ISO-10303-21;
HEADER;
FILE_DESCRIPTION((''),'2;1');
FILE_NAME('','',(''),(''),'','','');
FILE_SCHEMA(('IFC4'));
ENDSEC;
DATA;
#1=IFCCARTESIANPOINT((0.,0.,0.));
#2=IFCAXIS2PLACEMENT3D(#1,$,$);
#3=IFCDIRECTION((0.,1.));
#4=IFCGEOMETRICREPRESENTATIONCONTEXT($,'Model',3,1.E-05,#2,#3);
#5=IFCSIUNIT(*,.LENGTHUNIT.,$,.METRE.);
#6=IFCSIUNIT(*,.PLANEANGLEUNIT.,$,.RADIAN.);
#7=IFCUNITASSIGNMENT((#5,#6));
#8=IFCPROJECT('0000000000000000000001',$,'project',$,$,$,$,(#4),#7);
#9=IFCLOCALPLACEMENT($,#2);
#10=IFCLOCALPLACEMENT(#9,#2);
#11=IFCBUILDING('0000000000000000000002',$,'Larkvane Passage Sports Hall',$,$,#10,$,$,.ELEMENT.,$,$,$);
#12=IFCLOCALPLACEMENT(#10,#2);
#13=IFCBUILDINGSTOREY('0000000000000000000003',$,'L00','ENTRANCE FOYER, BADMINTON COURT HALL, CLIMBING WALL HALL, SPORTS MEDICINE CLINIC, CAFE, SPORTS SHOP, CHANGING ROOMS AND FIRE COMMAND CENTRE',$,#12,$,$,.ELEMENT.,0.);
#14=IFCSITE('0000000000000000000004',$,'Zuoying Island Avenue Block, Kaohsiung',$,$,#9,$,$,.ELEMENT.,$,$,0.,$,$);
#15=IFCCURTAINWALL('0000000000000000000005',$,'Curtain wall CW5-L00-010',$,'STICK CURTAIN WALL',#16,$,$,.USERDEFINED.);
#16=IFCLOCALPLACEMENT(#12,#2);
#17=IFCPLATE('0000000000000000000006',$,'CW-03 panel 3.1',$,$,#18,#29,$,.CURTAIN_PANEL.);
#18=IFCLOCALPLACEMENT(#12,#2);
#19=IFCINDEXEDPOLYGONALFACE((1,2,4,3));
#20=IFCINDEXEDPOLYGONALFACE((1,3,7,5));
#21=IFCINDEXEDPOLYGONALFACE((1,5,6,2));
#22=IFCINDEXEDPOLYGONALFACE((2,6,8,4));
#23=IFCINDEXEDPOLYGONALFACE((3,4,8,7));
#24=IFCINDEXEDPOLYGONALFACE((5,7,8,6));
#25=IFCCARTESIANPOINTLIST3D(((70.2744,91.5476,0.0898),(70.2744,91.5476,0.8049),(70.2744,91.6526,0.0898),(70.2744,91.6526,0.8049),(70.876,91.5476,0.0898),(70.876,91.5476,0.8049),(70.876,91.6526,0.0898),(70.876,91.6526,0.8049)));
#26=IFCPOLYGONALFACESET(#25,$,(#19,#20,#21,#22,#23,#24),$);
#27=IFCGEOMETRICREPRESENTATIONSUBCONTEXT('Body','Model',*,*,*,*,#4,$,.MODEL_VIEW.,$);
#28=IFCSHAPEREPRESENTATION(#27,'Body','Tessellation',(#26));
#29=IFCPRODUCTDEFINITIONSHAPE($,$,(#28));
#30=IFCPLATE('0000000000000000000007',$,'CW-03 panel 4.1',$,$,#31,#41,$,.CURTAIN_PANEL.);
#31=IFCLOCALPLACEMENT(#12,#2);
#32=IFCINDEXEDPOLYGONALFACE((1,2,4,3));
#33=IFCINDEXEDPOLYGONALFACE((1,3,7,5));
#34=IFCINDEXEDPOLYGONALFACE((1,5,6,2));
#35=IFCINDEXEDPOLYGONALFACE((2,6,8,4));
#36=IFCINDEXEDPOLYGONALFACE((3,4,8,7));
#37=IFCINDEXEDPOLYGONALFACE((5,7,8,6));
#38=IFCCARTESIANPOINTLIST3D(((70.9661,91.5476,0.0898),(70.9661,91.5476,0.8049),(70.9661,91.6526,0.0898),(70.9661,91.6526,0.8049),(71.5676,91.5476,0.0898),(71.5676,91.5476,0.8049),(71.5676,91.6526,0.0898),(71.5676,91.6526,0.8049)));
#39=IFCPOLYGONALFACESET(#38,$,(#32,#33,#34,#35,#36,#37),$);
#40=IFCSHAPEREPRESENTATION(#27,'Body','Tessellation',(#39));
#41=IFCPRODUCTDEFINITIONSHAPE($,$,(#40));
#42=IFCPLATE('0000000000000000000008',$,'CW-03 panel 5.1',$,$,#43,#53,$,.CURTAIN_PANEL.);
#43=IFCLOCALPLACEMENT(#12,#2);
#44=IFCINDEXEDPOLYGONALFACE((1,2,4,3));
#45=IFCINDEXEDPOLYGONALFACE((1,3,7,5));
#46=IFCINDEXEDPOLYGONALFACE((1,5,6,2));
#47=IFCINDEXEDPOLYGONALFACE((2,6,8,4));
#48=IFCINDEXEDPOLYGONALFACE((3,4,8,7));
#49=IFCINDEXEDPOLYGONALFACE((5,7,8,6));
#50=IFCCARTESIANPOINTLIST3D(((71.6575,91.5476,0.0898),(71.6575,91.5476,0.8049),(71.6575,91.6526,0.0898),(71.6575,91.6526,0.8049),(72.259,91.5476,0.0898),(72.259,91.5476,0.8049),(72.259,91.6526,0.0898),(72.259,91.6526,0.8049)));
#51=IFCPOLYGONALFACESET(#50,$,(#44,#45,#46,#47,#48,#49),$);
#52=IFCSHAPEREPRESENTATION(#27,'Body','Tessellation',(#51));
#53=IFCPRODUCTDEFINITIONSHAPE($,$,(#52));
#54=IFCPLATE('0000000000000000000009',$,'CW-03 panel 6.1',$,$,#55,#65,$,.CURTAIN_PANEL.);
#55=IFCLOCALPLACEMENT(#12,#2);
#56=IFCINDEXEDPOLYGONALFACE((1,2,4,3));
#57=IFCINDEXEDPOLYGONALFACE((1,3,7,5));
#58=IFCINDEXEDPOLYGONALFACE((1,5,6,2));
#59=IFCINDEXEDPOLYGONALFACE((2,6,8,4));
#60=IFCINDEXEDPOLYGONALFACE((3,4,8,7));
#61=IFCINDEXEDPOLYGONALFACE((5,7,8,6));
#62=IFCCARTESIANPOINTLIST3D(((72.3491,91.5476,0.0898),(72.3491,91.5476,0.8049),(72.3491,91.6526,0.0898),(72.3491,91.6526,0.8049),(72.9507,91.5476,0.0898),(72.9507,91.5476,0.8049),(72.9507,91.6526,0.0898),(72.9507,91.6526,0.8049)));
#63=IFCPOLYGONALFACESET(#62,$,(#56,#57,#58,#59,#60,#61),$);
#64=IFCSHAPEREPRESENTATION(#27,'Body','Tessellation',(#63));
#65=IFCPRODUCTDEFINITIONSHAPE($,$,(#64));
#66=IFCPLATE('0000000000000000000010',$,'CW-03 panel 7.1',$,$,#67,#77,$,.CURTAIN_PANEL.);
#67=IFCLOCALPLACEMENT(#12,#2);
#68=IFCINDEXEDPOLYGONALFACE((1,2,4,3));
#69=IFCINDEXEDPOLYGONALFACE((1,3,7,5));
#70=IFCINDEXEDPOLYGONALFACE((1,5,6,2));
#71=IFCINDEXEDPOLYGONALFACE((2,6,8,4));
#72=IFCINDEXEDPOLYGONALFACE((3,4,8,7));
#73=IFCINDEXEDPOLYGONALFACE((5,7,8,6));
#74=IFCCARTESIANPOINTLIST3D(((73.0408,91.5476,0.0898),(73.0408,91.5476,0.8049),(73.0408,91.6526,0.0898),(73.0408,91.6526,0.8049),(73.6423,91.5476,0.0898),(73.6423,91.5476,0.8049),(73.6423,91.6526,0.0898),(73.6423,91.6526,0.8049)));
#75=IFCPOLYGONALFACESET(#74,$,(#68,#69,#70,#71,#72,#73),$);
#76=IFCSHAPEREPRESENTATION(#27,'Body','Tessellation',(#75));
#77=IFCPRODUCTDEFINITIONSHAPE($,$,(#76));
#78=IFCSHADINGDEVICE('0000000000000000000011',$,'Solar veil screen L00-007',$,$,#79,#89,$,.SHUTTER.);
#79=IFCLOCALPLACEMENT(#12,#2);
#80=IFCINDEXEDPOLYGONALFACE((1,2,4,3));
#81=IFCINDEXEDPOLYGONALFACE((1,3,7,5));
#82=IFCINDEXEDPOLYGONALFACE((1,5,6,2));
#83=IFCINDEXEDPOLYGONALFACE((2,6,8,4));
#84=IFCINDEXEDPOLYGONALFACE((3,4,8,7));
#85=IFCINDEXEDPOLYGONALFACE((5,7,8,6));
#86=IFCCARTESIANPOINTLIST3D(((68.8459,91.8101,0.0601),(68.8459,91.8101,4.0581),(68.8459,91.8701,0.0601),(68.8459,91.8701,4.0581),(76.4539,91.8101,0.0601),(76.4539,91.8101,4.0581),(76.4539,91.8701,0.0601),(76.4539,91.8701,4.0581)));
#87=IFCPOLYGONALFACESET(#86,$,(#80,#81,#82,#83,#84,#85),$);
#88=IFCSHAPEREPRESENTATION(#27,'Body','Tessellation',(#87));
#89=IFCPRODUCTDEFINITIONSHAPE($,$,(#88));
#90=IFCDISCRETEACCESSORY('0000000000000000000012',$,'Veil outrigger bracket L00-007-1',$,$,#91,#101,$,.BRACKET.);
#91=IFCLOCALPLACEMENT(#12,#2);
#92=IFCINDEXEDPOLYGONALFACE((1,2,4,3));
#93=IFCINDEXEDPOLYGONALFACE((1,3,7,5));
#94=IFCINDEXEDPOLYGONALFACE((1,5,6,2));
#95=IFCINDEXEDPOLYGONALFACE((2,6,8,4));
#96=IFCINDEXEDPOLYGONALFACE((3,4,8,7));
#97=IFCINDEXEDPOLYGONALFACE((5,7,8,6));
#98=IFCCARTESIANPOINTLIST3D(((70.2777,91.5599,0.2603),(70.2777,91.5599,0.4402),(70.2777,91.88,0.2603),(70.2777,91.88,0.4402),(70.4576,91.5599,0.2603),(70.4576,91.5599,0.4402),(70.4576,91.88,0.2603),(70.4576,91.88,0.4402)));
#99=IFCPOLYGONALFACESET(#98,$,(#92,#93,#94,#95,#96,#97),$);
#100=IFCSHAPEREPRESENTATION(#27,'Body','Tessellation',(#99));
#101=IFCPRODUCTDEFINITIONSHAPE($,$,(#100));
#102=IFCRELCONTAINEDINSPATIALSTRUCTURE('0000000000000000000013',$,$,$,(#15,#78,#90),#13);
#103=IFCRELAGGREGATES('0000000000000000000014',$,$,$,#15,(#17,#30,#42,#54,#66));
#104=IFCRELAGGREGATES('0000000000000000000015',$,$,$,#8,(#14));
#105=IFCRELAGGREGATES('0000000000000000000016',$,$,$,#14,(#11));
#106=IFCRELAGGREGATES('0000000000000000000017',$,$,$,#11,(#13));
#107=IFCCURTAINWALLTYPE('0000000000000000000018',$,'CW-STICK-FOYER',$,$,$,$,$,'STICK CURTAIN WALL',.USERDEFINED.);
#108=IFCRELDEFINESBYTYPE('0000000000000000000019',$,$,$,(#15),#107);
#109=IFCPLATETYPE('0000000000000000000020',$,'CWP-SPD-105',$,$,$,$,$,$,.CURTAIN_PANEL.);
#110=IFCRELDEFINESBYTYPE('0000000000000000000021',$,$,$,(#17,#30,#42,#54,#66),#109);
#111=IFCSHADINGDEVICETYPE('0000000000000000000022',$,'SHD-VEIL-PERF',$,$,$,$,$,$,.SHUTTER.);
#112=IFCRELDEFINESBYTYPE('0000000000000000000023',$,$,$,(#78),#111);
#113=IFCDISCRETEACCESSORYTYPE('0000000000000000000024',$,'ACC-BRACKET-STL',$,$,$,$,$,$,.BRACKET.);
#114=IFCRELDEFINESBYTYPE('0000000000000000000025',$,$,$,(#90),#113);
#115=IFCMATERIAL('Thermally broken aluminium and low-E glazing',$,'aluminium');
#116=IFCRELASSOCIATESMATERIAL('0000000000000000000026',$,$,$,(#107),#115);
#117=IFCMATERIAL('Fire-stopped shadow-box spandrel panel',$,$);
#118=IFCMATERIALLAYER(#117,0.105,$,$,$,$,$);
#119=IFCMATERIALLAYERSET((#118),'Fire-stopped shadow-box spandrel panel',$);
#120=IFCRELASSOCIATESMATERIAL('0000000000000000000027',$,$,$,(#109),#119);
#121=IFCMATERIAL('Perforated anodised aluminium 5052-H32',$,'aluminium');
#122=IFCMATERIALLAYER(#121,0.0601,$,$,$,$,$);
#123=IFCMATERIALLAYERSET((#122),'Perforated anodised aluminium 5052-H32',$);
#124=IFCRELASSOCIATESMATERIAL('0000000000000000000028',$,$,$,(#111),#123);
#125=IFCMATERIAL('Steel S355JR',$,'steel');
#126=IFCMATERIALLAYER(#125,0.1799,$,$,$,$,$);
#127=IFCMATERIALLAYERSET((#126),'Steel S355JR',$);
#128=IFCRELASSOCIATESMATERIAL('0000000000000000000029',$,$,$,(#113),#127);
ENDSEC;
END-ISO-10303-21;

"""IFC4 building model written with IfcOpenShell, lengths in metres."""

from ifc_helpers import new_model, si_unit, direction, frame, origin, origin_2d, place, context, subcontext, project, spatial, rectangle, extrude, material, layer, layer_set, type_object, element, aggregate, save


model = new_model("IFC4")

# Units and contexts
model_context = context("Model", 3, precision=1e-05, world=origin(), true_north=direction((0.0, 1.0)))
body_context = subcontext(model_context, "Body", "Model", "MODEL_VIEW")
ifc_project = project(units=[si_unit("LENGTHUNIT", "METRE"), si_unit("PLANEANGLEUNIT", "RADIAN")], contexts=[model_context])

# Site, building, storey
site_placement = place(None, origin())
site = spatial("IfcSite", under=ifc_project, at=site_placement, Name="Zuoying Island Avenue Block, Kaohsiung", CompositionType="ELEMENT", RefElevation=0.0)
building_placement = place(site_placement, origin())
building = spatial("IfcBuilding", under=site, at=building_placement, Name="Larkvane Passage Sports Hall", CompositionType="ELEMENT")
storey_placement = place(building_placement, origin())
storey = spatial("IfcBuildingStorey", under=building, at=storey_placement, Name="L00", Description="ENTRANCE FOYER, BADMINTON COURT HALL, CLIMBING WALL HALL, SPORTS MEDICINE CLINIC, CAFE, SPORTS SHOP, CHANGING ROOMS AND FIRE COMMAND CENTRE", CompositionType="ELEMENT", Elevation=0.0)

# Curtain wall, plates
ifc_material_1 = material(Name="Thermally broken aluminium and low-E glazing", Category="aluminium")
curtain_wall_type = type_object("IfcCurtainWallType", Name="CW-STICK-FOYER", ElementType="STICK CURTAIN WALL", PredefinedType="USERDEFINED", material=ifc_material_1)
curtain_wall_placement = place(storey_placement, origin())
curtain_wall = element("IfcCurtainWall", 1, at=curtain_wall_placement, inside=storey, type_object=curtain_wall_type, Name="Curtain wall CW5-L00-010", ObjectType="STICK CURTAIN WALL", PredefinedType="USERDEFINED")
ifc_material_2 = material(Name="Fire-stopped shadow-box spandrel panel")
ifc_layer_1 = layer(ifc_material_2, 0.105)
ifc_layer_set_1 = layer_set([ifc_layer_1], Name="Fire-stopped shadow-box spandrel panel")
plate_type = type_object("IfcPlateType", Name="CWP-SPD-105", PredefinedType="CURTAIN_PANEL", material=ifc_layer_set_1)
plate_1_placement = place(storey_placement, frame((70.5752, 91.6001, 0.0898), z_axis=(0.0, 0.0, 1.0), x_axis=(1.0, 0.0, 0.0)))
plate_1 = element("IfcPlate", 2, at=plate_1_placement, type_object=plate_type, Name="CW-03 panel 3.1", PredefinedType="CURTAIN_PANEL", context=body_context, shape_type="SweptSolid", body=[
    extrude(rectangle(XDim=0.6016, YDim=0.105, at=origin_2d()), origin(), (0.0, 0.0, 1.0), 0.7151),
])
plate_2_placement = place(storey_placement, frame((71.2668, 91.6001, 0.0898), z_axis=(0.0, 0.0, 1.0), x_axis=(1.0, 0.0, 0.0)))
plate_2 = element("IfcPlate", 3, at=plate_2_placement, type_object=plate_type, Name="CW-03 panel 4.1", PredefinedType="CURTAIN_PANEL", context=body_context, shape_type="SweptSolid", body=[
    extrude(rectangle(XDim=0.6016, YDim=0.105, at=origin_2d()), origin(), (0.0, 0.0, 1.0), 0.7151),
])
plate_3_placement = place(storey_placement, frame((71.9583, 91.6001, 0.0898), z_axis=(0.0, 0.0, 1.0), x_axis=(1.0, 0.0, 0.0)))
plate_3 = element("IfcPlate", 4, at=plate_3_placement, type_object=plate_type, Name="CW-03 panel 5.1", PredefinedType="CURTAIN_PANEL", context=body_context, shape_type="SweptSolid", body=[
    extrude(rectangle(XDim=0.6016, YDim=0.105, at=origin_2d()), origin(), (0.0, 0.0, 1.0), 0.7151),
])
plate_4_placement = place(storey_placement, frame((72.6499, 91.6001, 0.0898), z_axis=(0.0, 0.0, 1.0), x_axis=(1.0, 0.0, 0.0)))
plate_4 = element("IfcPlate", 5, at=plate_4_placement, type_object=plate_type, Name="CW-03 panel 6.1", PredefinedType="CURTAIN_PANEL", context=body_context, shape_type="SweptSolid", body=[
    extrude(rectangle(XDim=0.6016, YDim=0.105, at=origin_2d()), origin(), (0.0, 0.0, 1.0), 0.7151),
])
plate_5_placement = place(storey_placement, frame((73.3416, 91.6001, 0.0898), z_axis=(0.0, 0.0, 1.0), x_axis=(1.0, 0.0, 0.0)))
plate_5 = element("IfcPlate", 6, at=plate_5_placement, type_object=plate_type, Name="CW-03 panel 7.1", PredefinedType="CURTAIN_PANEL", context=body_context, shape_type="SweptSolid", body=[
    extrude(rectangle(XDim=0.6016, YDim=0.105, at=origin_2d()), origin(), (0.0, 0.0, 1.0), 0.7151),
])
aggregate(curtain_wall, [plate_1, plate_2, plate_3, plate_4, plate_5])

# Shading device
ifc_material_3 = material(Name="Perforated anodised aluminium 5052-H32", Category="aluminium")
ifc_layer_2 = layer(ifc_material_3, 0.0601)
ifc_layer_set_2 = layer_set([ifc_layer_2], Name="Perforated anodised aluminium 5052-H32")
shading_device_type = type_object("IfcShadingDeviceType", Name="SHD-VEIL-PERF", PredefinedType="SHUTTER", material=ifc_layer_set_2)
shading_device_placement = place(storey_placement, frame((72.6499, 91.8401, 0.0601), z_axis=(0.0, 0.0, 1.0), x_axis=(1.0, 0.0, 0.0)))
element("IfcShadingDevice", 7, at=shading_device_placement, inside=storey, type_object=shading_device_type, Name="Solar veil screen L00-007", PredefinedType="SHUTTER", context=body_context, shape_type="SweptSolid", body=[
    extrude(rectangle(XDim=7.6079, YDim=0.0601, at=origin_2d()), origin(), (0.0, 0.0, 1.0), 3.998),
])

# Discrete accessory
ifc_material_4 = material(Name="Steel S355JR", Category="steel")
ifc_layer_3 = layer(ifc_material_4, 0.1799)
ifc_layer_set_3 = layer_set([ifc_layer_3], Name="Steel S355JR")
discrete_accessory_type = type_object("IfcDiscreteAccessoryType", Name="ACC-BRACKET-STL", PredefinedType="BRACKET", material=ifc_layer_set_3)
discrete_accessory_placement = place(storey_placement, frame((70.3677, 91.72, 0.2603), z_axis=(0.0, 0.0, 1.0), x_axis=(1.0, 0.0, 0.0)))
element("IfcDiscreteAccessory", 8, at=discrete_accessory_placement, inside=storey, type_object=discrete_accessory_type, Name="Veil outrigger bracket L00-007-1", PredefinedType="BRACKET", context=body_context, shape_type="SweptSolid", body=[
    extrude(rectangle(XDim=0.1799, YDim=0.3201, at=origin_2d()), origin(), (0.0, 0.0, 1.0), 0.1799),
])

save(model, "model.ifc")
